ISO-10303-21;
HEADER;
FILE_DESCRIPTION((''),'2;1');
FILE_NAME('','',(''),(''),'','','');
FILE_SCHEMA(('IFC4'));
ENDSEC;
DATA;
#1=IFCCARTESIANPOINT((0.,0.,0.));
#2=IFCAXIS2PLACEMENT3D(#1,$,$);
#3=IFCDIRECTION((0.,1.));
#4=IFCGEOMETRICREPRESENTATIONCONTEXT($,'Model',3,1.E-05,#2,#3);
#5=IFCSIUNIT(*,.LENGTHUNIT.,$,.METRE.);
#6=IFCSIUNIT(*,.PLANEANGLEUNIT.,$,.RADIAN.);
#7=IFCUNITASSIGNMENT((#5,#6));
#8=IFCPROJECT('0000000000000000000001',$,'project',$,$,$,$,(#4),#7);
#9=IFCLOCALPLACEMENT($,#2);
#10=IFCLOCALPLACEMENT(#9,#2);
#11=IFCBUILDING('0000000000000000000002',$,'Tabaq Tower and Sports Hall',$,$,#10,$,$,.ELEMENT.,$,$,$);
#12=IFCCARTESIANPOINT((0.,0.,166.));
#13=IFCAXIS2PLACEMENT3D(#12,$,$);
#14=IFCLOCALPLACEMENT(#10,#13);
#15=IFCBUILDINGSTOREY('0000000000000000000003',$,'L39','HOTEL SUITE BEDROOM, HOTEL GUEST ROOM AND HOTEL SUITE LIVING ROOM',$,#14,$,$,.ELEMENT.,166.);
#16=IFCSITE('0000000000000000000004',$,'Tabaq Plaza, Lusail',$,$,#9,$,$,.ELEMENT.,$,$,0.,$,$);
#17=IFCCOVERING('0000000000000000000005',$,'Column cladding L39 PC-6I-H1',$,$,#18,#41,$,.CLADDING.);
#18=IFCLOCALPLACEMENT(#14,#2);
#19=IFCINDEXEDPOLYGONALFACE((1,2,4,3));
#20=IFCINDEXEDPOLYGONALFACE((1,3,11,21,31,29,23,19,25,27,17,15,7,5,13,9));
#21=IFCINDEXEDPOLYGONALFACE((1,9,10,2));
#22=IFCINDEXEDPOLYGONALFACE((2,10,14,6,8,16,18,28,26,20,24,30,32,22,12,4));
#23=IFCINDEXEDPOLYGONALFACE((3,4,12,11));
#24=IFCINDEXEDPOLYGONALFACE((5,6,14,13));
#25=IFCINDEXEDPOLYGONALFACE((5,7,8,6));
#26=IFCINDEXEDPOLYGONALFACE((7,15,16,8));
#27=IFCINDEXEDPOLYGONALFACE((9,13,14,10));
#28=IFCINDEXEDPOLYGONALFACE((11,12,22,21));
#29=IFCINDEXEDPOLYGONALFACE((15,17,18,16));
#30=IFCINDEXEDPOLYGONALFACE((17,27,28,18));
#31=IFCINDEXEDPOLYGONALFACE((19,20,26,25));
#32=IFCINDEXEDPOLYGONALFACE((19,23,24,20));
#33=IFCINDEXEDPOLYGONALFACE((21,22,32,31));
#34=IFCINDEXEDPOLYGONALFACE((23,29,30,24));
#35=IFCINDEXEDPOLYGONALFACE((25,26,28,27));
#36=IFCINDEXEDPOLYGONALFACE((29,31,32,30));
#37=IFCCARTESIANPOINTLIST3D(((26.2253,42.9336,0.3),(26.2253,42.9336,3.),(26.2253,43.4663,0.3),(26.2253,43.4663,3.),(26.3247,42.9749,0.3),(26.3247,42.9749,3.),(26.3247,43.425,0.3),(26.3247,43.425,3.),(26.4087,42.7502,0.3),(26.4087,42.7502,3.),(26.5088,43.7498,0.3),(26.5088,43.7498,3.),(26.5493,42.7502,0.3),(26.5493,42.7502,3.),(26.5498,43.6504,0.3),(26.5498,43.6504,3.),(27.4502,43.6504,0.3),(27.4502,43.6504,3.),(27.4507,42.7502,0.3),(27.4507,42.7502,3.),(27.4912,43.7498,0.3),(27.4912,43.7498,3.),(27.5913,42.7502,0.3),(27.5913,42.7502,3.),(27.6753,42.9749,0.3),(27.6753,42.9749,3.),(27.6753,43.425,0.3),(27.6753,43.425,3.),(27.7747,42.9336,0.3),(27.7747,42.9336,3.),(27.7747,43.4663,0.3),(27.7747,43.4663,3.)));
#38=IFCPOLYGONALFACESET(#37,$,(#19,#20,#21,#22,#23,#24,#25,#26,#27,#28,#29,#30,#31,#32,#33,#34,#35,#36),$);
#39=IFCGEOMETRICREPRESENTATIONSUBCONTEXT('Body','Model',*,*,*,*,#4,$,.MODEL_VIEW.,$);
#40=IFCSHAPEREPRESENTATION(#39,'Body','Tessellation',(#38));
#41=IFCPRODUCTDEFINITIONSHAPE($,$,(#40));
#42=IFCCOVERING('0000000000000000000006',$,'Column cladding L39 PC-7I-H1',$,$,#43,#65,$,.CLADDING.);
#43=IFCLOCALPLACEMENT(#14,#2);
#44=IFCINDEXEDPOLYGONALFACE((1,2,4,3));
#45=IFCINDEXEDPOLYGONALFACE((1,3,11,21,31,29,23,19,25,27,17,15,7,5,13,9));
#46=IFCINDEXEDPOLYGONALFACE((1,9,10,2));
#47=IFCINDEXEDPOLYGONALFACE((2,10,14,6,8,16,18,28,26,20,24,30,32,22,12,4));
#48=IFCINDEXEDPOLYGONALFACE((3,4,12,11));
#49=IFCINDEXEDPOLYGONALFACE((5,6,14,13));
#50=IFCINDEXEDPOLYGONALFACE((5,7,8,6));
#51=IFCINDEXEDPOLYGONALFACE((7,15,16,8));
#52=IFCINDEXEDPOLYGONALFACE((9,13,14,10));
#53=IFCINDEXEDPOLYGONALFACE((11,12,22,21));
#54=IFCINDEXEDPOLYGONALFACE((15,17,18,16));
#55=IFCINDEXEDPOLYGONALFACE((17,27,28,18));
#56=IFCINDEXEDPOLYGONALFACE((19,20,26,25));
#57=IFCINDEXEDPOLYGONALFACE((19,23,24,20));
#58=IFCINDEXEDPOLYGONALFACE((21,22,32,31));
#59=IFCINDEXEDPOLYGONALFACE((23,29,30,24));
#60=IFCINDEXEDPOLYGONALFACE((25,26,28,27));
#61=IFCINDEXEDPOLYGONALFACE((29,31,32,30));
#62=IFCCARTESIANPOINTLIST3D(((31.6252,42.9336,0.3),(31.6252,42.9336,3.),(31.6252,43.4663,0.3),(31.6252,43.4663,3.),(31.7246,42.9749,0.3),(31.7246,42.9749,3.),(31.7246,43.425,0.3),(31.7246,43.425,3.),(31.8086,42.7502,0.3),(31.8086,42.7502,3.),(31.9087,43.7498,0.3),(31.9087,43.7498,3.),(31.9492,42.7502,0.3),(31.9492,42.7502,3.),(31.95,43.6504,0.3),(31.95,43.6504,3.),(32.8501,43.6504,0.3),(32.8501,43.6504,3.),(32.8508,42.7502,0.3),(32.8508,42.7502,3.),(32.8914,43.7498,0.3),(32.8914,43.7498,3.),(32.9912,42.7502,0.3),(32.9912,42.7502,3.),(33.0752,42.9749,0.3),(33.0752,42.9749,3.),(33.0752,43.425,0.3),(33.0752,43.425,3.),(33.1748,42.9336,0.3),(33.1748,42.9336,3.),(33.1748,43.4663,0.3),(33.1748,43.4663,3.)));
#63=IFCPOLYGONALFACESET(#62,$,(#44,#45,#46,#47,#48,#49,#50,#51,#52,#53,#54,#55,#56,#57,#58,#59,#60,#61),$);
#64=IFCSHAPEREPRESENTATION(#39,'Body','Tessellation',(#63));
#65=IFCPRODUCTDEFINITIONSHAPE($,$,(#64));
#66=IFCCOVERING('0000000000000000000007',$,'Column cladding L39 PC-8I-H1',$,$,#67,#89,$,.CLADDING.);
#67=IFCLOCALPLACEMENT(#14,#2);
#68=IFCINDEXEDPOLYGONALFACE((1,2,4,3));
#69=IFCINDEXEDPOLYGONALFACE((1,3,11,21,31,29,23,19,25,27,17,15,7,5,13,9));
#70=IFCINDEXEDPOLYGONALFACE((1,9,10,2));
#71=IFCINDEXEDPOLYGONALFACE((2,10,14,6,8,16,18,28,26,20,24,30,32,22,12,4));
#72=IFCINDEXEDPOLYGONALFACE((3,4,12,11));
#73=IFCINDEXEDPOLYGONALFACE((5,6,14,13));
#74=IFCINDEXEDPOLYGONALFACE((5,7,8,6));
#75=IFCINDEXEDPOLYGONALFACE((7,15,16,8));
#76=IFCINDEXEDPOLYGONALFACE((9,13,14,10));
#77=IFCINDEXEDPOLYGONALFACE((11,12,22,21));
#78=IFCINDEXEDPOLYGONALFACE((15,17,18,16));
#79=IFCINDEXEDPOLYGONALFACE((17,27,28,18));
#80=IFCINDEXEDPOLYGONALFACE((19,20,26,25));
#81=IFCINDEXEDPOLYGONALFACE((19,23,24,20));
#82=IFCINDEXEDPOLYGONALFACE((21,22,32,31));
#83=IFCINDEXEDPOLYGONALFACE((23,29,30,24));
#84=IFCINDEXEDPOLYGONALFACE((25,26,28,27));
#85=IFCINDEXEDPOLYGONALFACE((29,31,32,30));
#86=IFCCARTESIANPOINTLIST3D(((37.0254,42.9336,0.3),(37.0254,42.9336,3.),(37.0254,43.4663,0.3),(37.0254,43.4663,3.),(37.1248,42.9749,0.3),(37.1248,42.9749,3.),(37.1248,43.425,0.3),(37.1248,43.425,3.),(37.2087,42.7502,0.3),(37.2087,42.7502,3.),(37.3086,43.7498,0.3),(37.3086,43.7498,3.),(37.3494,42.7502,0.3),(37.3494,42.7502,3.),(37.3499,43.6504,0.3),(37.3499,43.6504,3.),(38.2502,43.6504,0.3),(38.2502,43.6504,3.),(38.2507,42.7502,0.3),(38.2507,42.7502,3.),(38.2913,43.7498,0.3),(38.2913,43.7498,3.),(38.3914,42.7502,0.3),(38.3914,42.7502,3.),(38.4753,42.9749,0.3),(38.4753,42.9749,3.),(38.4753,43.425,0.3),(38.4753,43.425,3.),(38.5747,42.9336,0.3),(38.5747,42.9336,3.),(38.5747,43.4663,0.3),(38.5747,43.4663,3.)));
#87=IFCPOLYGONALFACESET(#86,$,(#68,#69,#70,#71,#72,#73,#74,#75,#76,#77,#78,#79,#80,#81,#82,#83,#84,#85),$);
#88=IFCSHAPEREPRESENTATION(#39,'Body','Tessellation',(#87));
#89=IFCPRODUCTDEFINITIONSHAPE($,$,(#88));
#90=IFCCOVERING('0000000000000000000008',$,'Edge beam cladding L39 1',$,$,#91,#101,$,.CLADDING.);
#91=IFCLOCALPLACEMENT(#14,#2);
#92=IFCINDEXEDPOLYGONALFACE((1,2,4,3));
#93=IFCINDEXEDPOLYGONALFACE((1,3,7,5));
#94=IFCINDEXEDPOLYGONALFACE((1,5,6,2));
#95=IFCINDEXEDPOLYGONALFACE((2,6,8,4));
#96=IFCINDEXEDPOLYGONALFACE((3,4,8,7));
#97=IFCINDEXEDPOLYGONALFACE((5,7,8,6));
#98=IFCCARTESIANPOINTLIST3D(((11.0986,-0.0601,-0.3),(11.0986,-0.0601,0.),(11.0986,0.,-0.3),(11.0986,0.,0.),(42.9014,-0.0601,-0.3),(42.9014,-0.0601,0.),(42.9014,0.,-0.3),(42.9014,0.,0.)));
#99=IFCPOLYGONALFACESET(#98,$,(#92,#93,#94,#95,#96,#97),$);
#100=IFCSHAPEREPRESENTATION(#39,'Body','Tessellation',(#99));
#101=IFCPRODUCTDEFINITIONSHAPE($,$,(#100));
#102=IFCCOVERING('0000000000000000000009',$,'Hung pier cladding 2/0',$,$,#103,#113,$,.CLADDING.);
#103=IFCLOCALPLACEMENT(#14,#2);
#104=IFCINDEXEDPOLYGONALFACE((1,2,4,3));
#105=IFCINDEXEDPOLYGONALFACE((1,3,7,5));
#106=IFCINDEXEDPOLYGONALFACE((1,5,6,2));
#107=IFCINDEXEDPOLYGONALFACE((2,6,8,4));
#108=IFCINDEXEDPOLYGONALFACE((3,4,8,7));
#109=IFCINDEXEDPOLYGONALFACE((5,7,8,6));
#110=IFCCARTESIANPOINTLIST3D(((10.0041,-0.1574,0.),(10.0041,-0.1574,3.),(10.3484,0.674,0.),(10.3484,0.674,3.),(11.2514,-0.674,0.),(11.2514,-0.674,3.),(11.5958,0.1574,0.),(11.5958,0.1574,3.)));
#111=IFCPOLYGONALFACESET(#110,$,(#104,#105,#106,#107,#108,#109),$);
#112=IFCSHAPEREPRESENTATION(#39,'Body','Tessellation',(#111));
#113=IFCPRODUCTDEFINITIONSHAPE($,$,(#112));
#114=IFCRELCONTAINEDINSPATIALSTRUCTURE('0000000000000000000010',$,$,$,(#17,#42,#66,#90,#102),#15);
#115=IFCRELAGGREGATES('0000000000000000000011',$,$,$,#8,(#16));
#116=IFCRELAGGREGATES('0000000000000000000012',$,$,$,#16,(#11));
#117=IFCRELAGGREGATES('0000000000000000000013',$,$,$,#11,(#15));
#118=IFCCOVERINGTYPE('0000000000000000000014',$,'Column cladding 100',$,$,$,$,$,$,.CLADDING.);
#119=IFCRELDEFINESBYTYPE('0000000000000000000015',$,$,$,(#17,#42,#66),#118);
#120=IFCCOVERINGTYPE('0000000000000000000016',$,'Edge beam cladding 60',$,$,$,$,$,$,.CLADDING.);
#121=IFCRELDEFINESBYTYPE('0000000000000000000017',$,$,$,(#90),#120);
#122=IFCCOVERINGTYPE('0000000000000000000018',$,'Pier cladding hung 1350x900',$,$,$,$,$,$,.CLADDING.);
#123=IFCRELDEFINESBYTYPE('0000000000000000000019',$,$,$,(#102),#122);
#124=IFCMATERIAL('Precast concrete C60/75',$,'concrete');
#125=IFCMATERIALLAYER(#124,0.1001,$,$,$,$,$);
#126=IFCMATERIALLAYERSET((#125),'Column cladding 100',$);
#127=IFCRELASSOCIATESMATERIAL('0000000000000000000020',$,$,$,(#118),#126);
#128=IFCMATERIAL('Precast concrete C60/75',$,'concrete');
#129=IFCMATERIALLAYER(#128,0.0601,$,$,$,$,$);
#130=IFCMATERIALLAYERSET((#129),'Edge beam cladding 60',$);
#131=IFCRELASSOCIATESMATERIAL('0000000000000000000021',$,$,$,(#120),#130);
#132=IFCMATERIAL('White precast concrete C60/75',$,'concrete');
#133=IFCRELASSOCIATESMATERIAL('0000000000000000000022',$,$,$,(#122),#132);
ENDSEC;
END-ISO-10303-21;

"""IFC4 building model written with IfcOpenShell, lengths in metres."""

from ifc_helpers import new_model, si_unit, direction, frame, frame_2d, origin, place, context, subcontext, project, spatial, polyline, rectangle, outline, extrude, material, layer, layer_set, type_object, element, save


model = new_model("IFC4")

# Units and contexts
model_context = context("Model", 3, precision=1e-05, world=origin(), true_north=direction((0.0, 1.0)))
body_context = subcontext(model_context, "Body", "Model", "MODEL_VIEW")
ifc_project = project(units=[si_unit("LENGTHUNIT", "METRE"), si_unit("PLANEANGLEUNIT", "RADIAN")], contexts=[model_context])

# Site, building, storey
site_placement = place(None, origin())
site = spatial("IfcSite", under=ifc_project, at=site_placement, Name="Tabaq Plaza, Lusail", CompositionType="ELEMENT", RefElevation=0.0)
building_placement = place(site_placement, origin())
building = spatial("IfcBuilding", under=site, at=building_placement, Name="Tabaq Tower and Sports Hall", CompositionType="ELEMENT")
storey_placement = place(building_placement, frame((0.0, 0.0, 166.0)))
storey = spatial("IfcBuildingStorey", under=building, at=storey_placement, Name="L39", Description="HOTEL SUITE BEDROOM, HOTEL GUEST ROOM AND HOTEL SUITE LIVING ROOM", CompositionType="ELEMENT", Elevation=166.0)

# Coverings
ifc_material_1 = material(Name="Precast concrete C60/75", Category="concrete")
ifc_layer_1 = layer(ifc_material_1, 0.1001)
ifc_layer_set_1 = layer_set([ifc_layer_1], Name="Column cladding 100")
covering_type_1 = type_object("IfcCoveringType", Name="Column cladding 100", PredefinedType="CLADDING", material=ifc_layer_set_1)
covering_1_placement = place(storey_placement, frame((0.0, 0.0, 0.3)))
element("IfcCovering", 1, at=covering_1_placement, inside=storey, type_object=covering_type_1, Name="Column cladding L39 PC-6I-H1", PredefinedType="CLADDING", context=body_context, shape_type="SweptSolid", body=[
    extrude(outline(polyline([(26.2253, 43.4663), (26.5088, 43.7498), (27.4912, 43.7498), (27.7747, 43.4663), (27.7747, 42.9336), (27.5913, 42.7502), (27.4507, 42.7502), (27.6753, 42.9749), (27.6753, 43.425), (27.4502, 43.6504), (26.5498, 43.6504), (26.3247, 43.425), (26.3247, 42.9749), (26.5493, 42.7502), (26.4087, 42.7502), (26.2253, 42.9336), (26.2253, 43.4663)])), origin(), (0.0, 0.0, 1.0), 2.7),
])
covering_2_placement = place(storey_placement, frame((0.0, 0.0, 0.3)))
element("IfcCovering", 2, at=covering_2_placement, inside=storey, type_object=covering_type_1, Name="Column cladding L39 PC-7I-H1", PredefinedType="CLADDING", context=body_context, shape_type="SweptSolid", body=[
    extrude(outline(polyline([(31.6252, 43.4663), (31.9087, 43.7498), (32.8914, 43.7498), (33.1748, 43.4663), (33.1748, 42.9336), (32.9912, 42.7502), (32.8508, 42.7502), (33.0752, 42.9749), (33.0752, 43.425), (32.8501, 43.6504), (31.95, 43.6504), (31.7246, 43.425), (31.7246, 42.9749), (31.9492, 42.7502), (31.8086, 42.7502), (31.6252, 42.9336), (31.6252, 43.4663)])), origin(), (0.0, 0.0, 1.0), 2.7),
])
covering_3_placement = place(storey_placement, frame((0.0, 0.0, 0.3)))
element("IfcCovering", 3, at=covering_3_placement, inside=storey, type_object=covering_type_1, Name="Column cladding L39 PC-8I-H1", PredefinedType="CLADDING", context=body_context, shape_type="SweptSolid", body=[
    extrude(outline(polyline([(37.0254, 43.4663), (37.3086, 43.7498), (38.2913, 43.7498), (38.5747, 43.4663), (38.5747, 42.9336), (38.3914, 42.7502), (38.2507, 42.7502), (38.4753, 42.9749), (38.4753, 43.425), (38.2502, 43.6504), (37.3499, 43.6504), (37.1248, 43.425), (37.1248, 42.9749), (37.3494, 42.7502), (37.2087, 42.7502), (37.0254, 42.9336), (37.0254, 43.4663)])), origin(), (0.0, 0.0, 1.0), 2.7),
])
ifc_material_2 = material(Name="Precast concrete C60/75", Category="concrete")
ifc_layer_2 = layer(ifc_material_2, 0.0601)
ifc_layer_set_2 = layer_set([ifc_layer_2], Name="Edge beam cladding 60")
covering_type_2 = type_object("IfcCoveringType", Name="Edge beam cladding 60", PredefinedType="CLADDING", material=ifc_layer_set_2)
covering_4_placement = place(storey_placement, frame((11.0986, -0.03, -0.3), z_axis=(0.0, 0.0, 1.0), x_axis=(1.0, 0.0, 0.0)))
element("IfcCovering", 4, at=covering_4_placement, inside=storey, type_object=covering_type_2, Name="Edge beam cladding L39 1", PredefinedType="CLADDING", context=body_context, shape_type="SweptSolid", body=[
    extrude(rectangle(XDim=31.8027, YDim=0.0601, at=frame_2d((15.9014, 0.0))), origin(), (0.0, 0.0, 1.0), 0.3),
])
ifc_material_3 = material(Name="White precast concrete C60/75", Category="concrete")
covering_type_3 = type_object("IfcCoveringType", Name="Pier cladding hung 1350x900", PredefinedType="CLADDING", material=ifc_material_3)
covering_5_placement = place(storey_placement, frame((10.1763, 0.2583, 0.0), z_axis=(0.0, 0.0, 1.0), x_axis=(0.923893, -0.38265, 0.0)))
element("IfcCovering", 5, at=covering_5_placement, inside=storey, type_object=covering_type_3, Name="Hung pier cladding 2/0", PredefinedType="CLADDING", context=body_context, shape_type="SweptSolid", body=[
    extrude(rectangle(XDim=1.3501, YDim=0.8999, at=frame_2d((0.675, 0.0))), origin(), (0.0, 0.0, 1.0), 3.0),
])

save(model, "model.ifc")
